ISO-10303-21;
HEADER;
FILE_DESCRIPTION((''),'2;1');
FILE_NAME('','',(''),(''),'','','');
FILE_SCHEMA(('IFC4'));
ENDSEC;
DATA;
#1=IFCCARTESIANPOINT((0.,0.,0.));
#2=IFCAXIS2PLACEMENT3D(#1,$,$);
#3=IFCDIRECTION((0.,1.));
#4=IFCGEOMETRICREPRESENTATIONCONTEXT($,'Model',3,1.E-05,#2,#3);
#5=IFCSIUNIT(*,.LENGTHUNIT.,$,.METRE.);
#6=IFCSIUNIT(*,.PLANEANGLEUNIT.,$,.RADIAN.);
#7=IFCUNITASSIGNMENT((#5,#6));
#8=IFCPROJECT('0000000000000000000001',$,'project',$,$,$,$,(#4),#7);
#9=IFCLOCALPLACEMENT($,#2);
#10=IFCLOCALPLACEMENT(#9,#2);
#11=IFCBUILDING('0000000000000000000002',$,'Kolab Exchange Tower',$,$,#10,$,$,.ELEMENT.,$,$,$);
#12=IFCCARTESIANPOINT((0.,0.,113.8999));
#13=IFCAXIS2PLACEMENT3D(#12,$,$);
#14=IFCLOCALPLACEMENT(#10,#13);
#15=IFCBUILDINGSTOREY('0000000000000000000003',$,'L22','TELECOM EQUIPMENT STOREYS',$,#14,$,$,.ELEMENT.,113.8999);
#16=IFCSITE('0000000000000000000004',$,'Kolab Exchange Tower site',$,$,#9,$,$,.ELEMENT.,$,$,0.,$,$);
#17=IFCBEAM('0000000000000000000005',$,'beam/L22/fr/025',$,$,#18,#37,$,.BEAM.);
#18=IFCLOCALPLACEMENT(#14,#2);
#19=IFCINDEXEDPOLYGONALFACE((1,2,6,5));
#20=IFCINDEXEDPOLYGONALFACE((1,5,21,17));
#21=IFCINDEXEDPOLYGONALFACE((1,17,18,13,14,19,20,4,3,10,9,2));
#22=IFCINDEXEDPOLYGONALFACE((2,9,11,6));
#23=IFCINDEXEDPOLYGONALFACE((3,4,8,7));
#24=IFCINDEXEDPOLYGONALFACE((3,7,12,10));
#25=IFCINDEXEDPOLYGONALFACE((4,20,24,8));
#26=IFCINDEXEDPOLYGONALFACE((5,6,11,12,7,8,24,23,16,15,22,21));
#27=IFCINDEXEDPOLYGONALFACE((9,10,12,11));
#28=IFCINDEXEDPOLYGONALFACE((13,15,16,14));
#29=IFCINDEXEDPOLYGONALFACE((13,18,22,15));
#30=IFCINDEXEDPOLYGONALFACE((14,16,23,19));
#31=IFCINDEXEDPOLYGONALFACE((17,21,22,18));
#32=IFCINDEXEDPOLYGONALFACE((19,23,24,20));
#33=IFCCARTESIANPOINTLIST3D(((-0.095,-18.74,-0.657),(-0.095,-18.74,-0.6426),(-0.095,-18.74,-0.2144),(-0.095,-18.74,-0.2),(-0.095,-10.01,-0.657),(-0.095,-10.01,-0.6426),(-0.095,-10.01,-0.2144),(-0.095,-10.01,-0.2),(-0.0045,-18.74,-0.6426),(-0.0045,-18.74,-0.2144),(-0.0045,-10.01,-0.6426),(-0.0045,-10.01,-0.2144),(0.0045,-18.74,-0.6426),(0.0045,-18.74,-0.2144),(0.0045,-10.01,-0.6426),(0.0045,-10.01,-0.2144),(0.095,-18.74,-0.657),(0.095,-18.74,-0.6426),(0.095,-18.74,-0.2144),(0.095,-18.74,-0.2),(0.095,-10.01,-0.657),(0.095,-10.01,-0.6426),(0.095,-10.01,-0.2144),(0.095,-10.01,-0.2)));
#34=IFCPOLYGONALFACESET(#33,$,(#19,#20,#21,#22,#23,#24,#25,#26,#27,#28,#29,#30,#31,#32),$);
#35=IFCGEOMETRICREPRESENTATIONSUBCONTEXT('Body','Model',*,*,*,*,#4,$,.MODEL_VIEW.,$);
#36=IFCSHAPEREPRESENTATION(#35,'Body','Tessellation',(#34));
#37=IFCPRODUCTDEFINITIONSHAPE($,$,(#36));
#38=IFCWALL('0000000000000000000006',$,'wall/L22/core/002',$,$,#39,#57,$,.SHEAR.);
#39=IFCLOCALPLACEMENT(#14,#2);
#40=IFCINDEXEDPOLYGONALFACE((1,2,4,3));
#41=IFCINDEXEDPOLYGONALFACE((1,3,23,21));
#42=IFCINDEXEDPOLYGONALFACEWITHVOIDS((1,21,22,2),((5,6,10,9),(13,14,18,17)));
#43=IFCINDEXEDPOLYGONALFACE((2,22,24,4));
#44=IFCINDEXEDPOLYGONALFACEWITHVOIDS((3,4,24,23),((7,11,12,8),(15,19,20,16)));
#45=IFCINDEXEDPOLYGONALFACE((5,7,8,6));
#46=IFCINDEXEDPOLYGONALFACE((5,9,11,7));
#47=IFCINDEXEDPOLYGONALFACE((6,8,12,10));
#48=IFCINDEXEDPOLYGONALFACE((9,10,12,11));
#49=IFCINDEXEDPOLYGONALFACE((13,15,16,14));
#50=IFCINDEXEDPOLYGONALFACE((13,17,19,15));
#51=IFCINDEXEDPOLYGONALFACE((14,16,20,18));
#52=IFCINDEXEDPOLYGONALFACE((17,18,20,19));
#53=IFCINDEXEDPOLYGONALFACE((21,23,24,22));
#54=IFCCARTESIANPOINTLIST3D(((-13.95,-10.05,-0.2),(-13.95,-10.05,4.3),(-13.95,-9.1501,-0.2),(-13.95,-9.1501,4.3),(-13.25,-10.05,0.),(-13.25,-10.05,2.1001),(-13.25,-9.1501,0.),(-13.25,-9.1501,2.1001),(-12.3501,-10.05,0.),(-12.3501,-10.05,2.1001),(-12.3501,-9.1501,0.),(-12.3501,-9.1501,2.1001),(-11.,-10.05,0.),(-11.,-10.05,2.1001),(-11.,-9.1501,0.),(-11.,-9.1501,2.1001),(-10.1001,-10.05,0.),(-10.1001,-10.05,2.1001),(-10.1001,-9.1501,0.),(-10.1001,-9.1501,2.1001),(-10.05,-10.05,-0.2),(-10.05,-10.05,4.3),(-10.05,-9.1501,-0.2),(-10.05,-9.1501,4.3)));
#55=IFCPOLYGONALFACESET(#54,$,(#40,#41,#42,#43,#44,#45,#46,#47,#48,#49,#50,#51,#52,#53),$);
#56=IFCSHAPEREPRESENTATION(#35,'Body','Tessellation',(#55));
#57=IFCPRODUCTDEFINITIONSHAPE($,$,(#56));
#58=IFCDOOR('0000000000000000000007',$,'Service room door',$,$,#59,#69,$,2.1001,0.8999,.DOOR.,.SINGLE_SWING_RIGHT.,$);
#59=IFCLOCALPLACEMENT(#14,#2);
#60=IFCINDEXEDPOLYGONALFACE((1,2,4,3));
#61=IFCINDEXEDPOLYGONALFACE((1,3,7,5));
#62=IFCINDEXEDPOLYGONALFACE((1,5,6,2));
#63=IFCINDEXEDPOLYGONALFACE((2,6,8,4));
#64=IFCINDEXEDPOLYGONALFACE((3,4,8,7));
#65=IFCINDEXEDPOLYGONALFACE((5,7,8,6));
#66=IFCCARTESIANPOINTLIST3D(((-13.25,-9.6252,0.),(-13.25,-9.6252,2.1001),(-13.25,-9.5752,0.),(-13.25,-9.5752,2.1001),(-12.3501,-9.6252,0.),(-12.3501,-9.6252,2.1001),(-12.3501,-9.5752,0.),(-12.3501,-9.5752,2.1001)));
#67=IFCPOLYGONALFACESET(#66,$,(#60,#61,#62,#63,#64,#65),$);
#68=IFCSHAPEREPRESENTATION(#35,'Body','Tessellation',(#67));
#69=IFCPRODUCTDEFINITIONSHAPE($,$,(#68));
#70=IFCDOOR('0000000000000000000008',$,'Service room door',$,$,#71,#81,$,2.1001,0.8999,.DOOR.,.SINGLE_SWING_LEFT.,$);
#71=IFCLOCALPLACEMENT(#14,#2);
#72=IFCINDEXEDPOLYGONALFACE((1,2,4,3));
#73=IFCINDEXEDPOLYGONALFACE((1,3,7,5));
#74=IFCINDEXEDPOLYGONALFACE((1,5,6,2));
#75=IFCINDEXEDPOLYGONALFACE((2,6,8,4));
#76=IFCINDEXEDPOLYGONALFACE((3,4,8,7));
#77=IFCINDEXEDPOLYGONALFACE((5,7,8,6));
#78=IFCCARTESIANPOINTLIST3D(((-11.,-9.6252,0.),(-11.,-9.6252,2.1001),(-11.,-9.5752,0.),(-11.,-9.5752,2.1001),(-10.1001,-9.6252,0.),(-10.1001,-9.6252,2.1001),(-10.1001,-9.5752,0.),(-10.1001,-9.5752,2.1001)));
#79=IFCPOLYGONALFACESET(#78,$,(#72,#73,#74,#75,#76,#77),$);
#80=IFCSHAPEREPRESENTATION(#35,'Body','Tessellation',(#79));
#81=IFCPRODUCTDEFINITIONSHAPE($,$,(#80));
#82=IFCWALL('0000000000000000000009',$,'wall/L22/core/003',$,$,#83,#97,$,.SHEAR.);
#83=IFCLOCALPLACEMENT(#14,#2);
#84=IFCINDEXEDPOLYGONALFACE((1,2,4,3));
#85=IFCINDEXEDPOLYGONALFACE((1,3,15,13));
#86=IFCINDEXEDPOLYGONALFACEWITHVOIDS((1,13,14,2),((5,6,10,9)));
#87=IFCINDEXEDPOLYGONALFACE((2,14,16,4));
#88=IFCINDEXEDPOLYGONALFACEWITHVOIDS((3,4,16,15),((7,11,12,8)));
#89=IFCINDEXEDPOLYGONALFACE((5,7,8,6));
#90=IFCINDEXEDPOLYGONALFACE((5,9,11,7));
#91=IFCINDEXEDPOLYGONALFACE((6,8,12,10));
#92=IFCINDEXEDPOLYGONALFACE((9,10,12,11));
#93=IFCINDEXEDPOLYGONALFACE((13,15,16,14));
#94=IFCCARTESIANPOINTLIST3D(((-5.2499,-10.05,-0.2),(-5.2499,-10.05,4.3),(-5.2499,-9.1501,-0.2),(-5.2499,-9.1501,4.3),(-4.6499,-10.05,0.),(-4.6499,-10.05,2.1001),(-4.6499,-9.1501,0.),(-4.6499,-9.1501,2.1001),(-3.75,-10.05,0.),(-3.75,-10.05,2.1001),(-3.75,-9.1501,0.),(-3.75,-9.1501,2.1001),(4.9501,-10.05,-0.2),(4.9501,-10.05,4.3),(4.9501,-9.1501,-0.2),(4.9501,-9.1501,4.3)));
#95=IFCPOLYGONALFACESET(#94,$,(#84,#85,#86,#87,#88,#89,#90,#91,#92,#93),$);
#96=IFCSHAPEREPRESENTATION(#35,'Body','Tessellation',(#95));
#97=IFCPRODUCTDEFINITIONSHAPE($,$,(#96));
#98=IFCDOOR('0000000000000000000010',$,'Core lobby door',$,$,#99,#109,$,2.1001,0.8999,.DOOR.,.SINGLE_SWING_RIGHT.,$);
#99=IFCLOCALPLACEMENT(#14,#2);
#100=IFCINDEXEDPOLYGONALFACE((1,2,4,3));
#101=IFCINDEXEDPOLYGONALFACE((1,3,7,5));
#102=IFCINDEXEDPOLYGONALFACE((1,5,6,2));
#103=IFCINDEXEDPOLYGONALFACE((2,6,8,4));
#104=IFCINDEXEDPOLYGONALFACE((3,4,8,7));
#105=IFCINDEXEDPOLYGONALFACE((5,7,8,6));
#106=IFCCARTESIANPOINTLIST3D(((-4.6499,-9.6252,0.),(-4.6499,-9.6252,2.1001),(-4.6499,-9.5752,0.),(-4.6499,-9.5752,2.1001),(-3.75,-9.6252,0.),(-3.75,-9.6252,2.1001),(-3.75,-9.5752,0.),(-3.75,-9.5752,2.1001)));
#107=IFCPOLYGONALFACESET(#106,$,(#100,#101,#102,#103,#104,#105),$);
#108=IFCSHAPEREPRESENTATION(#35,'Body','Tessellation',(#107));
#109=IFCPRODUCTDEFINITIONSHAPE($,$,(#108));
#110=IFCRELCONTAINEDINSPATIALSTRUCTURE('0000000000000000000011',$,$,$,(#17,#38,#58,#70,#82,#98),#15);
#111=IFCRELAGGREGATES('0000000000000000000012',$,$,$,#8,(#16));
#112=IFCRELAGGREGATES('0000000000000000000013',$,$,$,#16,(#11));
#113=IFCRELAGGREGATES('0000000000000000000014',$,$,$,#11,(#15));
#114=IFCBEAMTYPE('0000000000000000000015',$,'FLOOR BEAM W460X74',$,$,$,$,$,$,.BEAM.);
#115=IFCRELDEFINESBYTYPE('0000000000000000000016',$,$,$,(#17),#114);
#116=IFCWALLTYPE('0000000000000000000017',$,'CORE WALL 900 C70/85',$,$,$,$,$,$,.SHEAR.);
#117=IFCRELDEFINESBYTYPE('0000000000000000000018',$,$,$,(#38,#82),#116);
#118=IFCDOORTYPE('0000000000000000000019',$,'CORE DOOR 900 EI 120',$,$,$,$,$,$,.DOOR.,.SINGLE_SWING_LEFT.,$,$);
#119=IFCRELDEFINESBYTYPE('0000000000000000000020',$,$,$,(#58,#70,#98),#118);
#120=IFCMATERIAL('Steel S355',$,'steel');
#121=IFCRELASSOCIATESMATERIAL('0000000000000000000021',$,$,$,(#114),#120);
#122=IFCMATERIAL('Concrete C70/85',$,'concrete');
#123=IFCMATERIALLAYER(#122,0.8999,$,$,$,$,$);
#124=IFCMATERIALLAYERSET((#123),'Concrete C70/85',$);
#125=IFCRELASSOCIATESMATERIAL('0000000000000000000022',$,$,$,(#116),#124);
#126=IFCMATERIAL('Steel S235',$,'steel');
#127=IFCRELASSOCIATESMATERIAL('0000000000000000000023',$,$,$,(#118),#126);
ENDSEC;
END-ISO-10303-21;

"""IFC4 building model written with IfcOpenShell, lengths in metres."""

from ifc_helpers import new_model, si_unit, direction, frame, frame_2d, origin, origin_2d, place, context, subcontext, project, spatial, rectangle, i_section, extrude, material, layer, layer_set, material_profile, profile_set, type_object, element, fill, save


model = new_model("IFC4")

# Units and contexts
model_context = context("Model", 3, precision=1e-05, world=origin(), true_north=direction((0.0, 1.0)))
body_context = subcontext(model_context, "Body", "Model", "MODEL_VIEW")
ifc_project = project(units=[si_unit("LENGTHUNIT", "METRE"), si_unit("PLANEANGLEUNIT", "RADIAN")], contexts=[model_context])

# Site, building, storey
site_placement = place(None, origin())
site = spatial("IfcSite", under=ifc_project, at=site_placement, Name="Kolab Exchange Tower site", CompositionType="ELEMENT", RefElevation=0.0)
building_placement = place(site_placement, origin())
building = spatial("IfcBuilding", under=site, at=building_placement, Name="Kolab Exchange Tower", CompositionType="ELEMENT")
storey_placement = place(building_placement, frame((0.0, 0.0, 113.8999)))
storey = spatial("IfcBuildingStorey", under=building, at=storey_placement, Name="L22", Description="TELECOM EQUIPMENT STOREYS", CompositionType="ELEMENT", Elevation=113.8999)

# Beam
ifc_material_1 = material(Name="Steel S355", Category="steel")
ifc_material_profile = material_profile(ifc_material_1, i_section(OverallWidth=0.1899, OverallDepth=0.457, WebThickness=0.009, FlangeThickness=0.0144, at=origin_2d()), Name="W460X74")
ifc_profile_set = profile_set([ifc_material_profile], Name="Steel S355")
beam_type = type_object("IfcBeamType", Name="FLOOR BEAM W460X74", PredefinedType="BEAM", material=ifc_profile_set)
beam_placement = place(storey_placement, frame((0.0, -18.74, -0.4285), z_axis=(0.0, 1.0, 0.0), x_axis=(-1.0, 0.0, 0.0)))
element("IfcBeam", 1, at=beam_placement, inside=storey, type_object=beam_type, Name="beam/L22/fr/025", PredefinedType="BEAM", context=body_context, shape_type="SweptSolid", body=[
    extrude(i_section(OverallWidth=0.1899, OverallDepth=0.457, WebThickness=0.009, FlangeThickness=0.0144, at=origin_2d()), origin(), (0.0, 0.0, 1.0), 8.73),
])

# Wall, openings, doors
ifc_material_2 = material(Name="Concrete C70/85", Category="concrete")
ifc_layer_1 = layer(ifc_material_2, 0.8999)
ifc_layer_set_1 = layer_set([ifc_layer_1], Name="Concrete C70/85")
wall_type_1 = type_object("IfcWallType", Name="CORE WALL 900 C70/85", PredefinedType="SHEAR", material=ifc_layer_set_1)
wall_1_placement = place(storey_placement, frame((-13.95, -9.6001, -0.2), z_axis=(0.0, 0.0, 1.0), x_axis=(1.0, 0.0, 0.0)))
wall_1 = element("IfcWall", 2, at=wall_1_placement, inside=storey, type_object=wall_type_1, Name="wall/L22/core/002", PredefinedType="SHEAR", context=body_context, shape_type="SweptSolid", body=[
    extrude(rectangle(XDim=3.8999, YDim=0.8999, at=frame_2d((1.95, 0.0))), origin(), (0.0, 0.0, 1.0), 4.5),
])
opening_1_placement = place(wall_1_placement, frame((0.7, 0.0, 0.2)))
opening_1 = element("IfcOpeningElement", 3, at=opening_1_placement, cuts=wall_1, PredefinedType="OPENING", context=body_context, shape_type="SweptSolid", body=[
    extrude(rectangle(XDim=0.8999, YDim=2.1001, at=frame_2d((0.45, 1.05))), frame((0.0, 0.46, 0.0), z_axis=(0.0, -1.0, 0.0), x_axis=(1.0, 0.0, 0.0)), (0.0, 0.0, 1.0), 0.9199),
])
opening_2_placement = place(wall_1_placement, frame((2.95, 0.0, 0.2)))
opening_2 = element("IfcOpeningElement", 4, at=opening_2_placement, cuts=wall_1, PredefinedType="OPENING", context=body_context, shape_type="SweptSolid", body=[
    extrude(rectangle(XDim=0.8999, YDim=2.1001, at=frame_2d((0.45, 1.05))), frame((0.0, 0.46, 0.0), z_axis=(0.0, -1.0, 0.0), x_axis=(1.0, 0.0, 0.0)), (0.0, 0.0, 1.0), 0.9199),
])
ifc_material_3 = material(Name="Steel S235", Category="steel")
door_type_1 = type_object("IfcDoorType", Name="CORE DOOR 900 EI 120", OperationType="SINGLE_SWING_LEFT", PredefinedType="DOOR", material=ifc_material_3)
door_1_placement = place(opening_1_placement, origin())
door_1 = element("IfcDoor", 5, at=door_1_placement, inside=storey, type_object=door_type_1, Name="Service room door", OperationType="SINGLE_SWING_RIGHT", OverallHeight=2.1001, OverallWidth=0.8999, PredefinedType="DOOR", context=body_context, shape_type="SweptSolid", body=[
    extrude(rectangle(XDim=0.8999, YDim=2.1001, at=frame_2d((0.45, 1.05))), frame((0.0, 0.0249, 0.0), z_axis=(0.0, -1.0, 0.0), x_axis=(1.0, 0.0, 0.0)), (0.0, 0.0, 1.0), 0.05),
])
fill(opening_1, door_1)
door_2_placement = place(opening_2_placement, origin())
door_2 = element("IfcDoor", 6, at=door_2_placement, inside=storey, type_object=door_type_1, Name="Service room door", OperationType="SINGLE_SWING_LEFT", OverallHeight=2.1001, OverallWidth=0.8999, PredefinedType="DOOR", context=body_context, shape_type="SweptSolid", body=[
    extrude(rectangle(XDim=0.8999, YDim=2.1001, at=frame_2d((0.45, 1.05))), frame((0.0, 0.0249, 0.0), z_axis=(0.0, -1.0, 0.0), x_axis=(1.0, 0.0, 0.0)), (0.0, 0.0, 1.0), 0.05),
])
fill(opening_2, door_2)

# Wall, opening, door
wall_2_placement = place(storey_placement, frame((-5.25, -9.6001, -0.2), z_axis=(0.0, 0.0, 1.0), x_axis=(1.0, 0.0, 0.0)))
wall_2 = element("IfcWall", 7, at=wall_2_placement, inside=storey, type_object=wall_type_1, Name="wall/L22/core/003", PredefinedType="SHEAR", context=body_context, shape_type="SweptSolid", body=[
    extrude(rectangle(XDim=10.2, YDim=0.8999, at=frame_2d((5.1001, 0.0))), origin(), (0.0, 0.0, 1.0), 4.5),
])
opening_3_placement = place(wall_2_placement, frame((0.6001, 0.0, 0.2)))
opening_3 = element("IfcOpeningElement", 8, at=opening_3_placement, cuts=wall_2, PredefinedType="OPENING", context=body_context, shape_type="SweptSolid", body=[
    extrude(rectangle(XDim=0.8999, YDim=2.1001, at=frame_2d((0.45, 1.05))), frame((0.0, 0.46, 0.0), z_axis=(0.0, -1.0, 0.0), x_axis=(1.0, 0.0, 0.0)), (0.0, 0.0, 1.0), 0.9199),
])
door_3_placement = place(opening_3_placement, origin())
door_3 = element("IfcDoor", 9, at=door_3_placement, inside=storey, type_object=door_type_1, Name="Core lobby door", OperationType="SINGLE_SWING_RIGHT", OverallHeight=2.1001, OverallWidth=0.8999, PredefinedType="DOOR", context=body_context, shape_type="SweptSolid", body=[
    extrude(rectangle(XDim=0.8999, YDim=2.1001, at=frame_2d((0.45, 1.05))), frame((0.0, 0.0249, 0.0), z_axis=(0.0, -1.0, 0.0), x_axis=(1.0, 0.0, 0.0)), (0.0, 0.0, 1.0), 0.05),
])
fill(opening_3, door_3)

save(model, "model.ifc")
